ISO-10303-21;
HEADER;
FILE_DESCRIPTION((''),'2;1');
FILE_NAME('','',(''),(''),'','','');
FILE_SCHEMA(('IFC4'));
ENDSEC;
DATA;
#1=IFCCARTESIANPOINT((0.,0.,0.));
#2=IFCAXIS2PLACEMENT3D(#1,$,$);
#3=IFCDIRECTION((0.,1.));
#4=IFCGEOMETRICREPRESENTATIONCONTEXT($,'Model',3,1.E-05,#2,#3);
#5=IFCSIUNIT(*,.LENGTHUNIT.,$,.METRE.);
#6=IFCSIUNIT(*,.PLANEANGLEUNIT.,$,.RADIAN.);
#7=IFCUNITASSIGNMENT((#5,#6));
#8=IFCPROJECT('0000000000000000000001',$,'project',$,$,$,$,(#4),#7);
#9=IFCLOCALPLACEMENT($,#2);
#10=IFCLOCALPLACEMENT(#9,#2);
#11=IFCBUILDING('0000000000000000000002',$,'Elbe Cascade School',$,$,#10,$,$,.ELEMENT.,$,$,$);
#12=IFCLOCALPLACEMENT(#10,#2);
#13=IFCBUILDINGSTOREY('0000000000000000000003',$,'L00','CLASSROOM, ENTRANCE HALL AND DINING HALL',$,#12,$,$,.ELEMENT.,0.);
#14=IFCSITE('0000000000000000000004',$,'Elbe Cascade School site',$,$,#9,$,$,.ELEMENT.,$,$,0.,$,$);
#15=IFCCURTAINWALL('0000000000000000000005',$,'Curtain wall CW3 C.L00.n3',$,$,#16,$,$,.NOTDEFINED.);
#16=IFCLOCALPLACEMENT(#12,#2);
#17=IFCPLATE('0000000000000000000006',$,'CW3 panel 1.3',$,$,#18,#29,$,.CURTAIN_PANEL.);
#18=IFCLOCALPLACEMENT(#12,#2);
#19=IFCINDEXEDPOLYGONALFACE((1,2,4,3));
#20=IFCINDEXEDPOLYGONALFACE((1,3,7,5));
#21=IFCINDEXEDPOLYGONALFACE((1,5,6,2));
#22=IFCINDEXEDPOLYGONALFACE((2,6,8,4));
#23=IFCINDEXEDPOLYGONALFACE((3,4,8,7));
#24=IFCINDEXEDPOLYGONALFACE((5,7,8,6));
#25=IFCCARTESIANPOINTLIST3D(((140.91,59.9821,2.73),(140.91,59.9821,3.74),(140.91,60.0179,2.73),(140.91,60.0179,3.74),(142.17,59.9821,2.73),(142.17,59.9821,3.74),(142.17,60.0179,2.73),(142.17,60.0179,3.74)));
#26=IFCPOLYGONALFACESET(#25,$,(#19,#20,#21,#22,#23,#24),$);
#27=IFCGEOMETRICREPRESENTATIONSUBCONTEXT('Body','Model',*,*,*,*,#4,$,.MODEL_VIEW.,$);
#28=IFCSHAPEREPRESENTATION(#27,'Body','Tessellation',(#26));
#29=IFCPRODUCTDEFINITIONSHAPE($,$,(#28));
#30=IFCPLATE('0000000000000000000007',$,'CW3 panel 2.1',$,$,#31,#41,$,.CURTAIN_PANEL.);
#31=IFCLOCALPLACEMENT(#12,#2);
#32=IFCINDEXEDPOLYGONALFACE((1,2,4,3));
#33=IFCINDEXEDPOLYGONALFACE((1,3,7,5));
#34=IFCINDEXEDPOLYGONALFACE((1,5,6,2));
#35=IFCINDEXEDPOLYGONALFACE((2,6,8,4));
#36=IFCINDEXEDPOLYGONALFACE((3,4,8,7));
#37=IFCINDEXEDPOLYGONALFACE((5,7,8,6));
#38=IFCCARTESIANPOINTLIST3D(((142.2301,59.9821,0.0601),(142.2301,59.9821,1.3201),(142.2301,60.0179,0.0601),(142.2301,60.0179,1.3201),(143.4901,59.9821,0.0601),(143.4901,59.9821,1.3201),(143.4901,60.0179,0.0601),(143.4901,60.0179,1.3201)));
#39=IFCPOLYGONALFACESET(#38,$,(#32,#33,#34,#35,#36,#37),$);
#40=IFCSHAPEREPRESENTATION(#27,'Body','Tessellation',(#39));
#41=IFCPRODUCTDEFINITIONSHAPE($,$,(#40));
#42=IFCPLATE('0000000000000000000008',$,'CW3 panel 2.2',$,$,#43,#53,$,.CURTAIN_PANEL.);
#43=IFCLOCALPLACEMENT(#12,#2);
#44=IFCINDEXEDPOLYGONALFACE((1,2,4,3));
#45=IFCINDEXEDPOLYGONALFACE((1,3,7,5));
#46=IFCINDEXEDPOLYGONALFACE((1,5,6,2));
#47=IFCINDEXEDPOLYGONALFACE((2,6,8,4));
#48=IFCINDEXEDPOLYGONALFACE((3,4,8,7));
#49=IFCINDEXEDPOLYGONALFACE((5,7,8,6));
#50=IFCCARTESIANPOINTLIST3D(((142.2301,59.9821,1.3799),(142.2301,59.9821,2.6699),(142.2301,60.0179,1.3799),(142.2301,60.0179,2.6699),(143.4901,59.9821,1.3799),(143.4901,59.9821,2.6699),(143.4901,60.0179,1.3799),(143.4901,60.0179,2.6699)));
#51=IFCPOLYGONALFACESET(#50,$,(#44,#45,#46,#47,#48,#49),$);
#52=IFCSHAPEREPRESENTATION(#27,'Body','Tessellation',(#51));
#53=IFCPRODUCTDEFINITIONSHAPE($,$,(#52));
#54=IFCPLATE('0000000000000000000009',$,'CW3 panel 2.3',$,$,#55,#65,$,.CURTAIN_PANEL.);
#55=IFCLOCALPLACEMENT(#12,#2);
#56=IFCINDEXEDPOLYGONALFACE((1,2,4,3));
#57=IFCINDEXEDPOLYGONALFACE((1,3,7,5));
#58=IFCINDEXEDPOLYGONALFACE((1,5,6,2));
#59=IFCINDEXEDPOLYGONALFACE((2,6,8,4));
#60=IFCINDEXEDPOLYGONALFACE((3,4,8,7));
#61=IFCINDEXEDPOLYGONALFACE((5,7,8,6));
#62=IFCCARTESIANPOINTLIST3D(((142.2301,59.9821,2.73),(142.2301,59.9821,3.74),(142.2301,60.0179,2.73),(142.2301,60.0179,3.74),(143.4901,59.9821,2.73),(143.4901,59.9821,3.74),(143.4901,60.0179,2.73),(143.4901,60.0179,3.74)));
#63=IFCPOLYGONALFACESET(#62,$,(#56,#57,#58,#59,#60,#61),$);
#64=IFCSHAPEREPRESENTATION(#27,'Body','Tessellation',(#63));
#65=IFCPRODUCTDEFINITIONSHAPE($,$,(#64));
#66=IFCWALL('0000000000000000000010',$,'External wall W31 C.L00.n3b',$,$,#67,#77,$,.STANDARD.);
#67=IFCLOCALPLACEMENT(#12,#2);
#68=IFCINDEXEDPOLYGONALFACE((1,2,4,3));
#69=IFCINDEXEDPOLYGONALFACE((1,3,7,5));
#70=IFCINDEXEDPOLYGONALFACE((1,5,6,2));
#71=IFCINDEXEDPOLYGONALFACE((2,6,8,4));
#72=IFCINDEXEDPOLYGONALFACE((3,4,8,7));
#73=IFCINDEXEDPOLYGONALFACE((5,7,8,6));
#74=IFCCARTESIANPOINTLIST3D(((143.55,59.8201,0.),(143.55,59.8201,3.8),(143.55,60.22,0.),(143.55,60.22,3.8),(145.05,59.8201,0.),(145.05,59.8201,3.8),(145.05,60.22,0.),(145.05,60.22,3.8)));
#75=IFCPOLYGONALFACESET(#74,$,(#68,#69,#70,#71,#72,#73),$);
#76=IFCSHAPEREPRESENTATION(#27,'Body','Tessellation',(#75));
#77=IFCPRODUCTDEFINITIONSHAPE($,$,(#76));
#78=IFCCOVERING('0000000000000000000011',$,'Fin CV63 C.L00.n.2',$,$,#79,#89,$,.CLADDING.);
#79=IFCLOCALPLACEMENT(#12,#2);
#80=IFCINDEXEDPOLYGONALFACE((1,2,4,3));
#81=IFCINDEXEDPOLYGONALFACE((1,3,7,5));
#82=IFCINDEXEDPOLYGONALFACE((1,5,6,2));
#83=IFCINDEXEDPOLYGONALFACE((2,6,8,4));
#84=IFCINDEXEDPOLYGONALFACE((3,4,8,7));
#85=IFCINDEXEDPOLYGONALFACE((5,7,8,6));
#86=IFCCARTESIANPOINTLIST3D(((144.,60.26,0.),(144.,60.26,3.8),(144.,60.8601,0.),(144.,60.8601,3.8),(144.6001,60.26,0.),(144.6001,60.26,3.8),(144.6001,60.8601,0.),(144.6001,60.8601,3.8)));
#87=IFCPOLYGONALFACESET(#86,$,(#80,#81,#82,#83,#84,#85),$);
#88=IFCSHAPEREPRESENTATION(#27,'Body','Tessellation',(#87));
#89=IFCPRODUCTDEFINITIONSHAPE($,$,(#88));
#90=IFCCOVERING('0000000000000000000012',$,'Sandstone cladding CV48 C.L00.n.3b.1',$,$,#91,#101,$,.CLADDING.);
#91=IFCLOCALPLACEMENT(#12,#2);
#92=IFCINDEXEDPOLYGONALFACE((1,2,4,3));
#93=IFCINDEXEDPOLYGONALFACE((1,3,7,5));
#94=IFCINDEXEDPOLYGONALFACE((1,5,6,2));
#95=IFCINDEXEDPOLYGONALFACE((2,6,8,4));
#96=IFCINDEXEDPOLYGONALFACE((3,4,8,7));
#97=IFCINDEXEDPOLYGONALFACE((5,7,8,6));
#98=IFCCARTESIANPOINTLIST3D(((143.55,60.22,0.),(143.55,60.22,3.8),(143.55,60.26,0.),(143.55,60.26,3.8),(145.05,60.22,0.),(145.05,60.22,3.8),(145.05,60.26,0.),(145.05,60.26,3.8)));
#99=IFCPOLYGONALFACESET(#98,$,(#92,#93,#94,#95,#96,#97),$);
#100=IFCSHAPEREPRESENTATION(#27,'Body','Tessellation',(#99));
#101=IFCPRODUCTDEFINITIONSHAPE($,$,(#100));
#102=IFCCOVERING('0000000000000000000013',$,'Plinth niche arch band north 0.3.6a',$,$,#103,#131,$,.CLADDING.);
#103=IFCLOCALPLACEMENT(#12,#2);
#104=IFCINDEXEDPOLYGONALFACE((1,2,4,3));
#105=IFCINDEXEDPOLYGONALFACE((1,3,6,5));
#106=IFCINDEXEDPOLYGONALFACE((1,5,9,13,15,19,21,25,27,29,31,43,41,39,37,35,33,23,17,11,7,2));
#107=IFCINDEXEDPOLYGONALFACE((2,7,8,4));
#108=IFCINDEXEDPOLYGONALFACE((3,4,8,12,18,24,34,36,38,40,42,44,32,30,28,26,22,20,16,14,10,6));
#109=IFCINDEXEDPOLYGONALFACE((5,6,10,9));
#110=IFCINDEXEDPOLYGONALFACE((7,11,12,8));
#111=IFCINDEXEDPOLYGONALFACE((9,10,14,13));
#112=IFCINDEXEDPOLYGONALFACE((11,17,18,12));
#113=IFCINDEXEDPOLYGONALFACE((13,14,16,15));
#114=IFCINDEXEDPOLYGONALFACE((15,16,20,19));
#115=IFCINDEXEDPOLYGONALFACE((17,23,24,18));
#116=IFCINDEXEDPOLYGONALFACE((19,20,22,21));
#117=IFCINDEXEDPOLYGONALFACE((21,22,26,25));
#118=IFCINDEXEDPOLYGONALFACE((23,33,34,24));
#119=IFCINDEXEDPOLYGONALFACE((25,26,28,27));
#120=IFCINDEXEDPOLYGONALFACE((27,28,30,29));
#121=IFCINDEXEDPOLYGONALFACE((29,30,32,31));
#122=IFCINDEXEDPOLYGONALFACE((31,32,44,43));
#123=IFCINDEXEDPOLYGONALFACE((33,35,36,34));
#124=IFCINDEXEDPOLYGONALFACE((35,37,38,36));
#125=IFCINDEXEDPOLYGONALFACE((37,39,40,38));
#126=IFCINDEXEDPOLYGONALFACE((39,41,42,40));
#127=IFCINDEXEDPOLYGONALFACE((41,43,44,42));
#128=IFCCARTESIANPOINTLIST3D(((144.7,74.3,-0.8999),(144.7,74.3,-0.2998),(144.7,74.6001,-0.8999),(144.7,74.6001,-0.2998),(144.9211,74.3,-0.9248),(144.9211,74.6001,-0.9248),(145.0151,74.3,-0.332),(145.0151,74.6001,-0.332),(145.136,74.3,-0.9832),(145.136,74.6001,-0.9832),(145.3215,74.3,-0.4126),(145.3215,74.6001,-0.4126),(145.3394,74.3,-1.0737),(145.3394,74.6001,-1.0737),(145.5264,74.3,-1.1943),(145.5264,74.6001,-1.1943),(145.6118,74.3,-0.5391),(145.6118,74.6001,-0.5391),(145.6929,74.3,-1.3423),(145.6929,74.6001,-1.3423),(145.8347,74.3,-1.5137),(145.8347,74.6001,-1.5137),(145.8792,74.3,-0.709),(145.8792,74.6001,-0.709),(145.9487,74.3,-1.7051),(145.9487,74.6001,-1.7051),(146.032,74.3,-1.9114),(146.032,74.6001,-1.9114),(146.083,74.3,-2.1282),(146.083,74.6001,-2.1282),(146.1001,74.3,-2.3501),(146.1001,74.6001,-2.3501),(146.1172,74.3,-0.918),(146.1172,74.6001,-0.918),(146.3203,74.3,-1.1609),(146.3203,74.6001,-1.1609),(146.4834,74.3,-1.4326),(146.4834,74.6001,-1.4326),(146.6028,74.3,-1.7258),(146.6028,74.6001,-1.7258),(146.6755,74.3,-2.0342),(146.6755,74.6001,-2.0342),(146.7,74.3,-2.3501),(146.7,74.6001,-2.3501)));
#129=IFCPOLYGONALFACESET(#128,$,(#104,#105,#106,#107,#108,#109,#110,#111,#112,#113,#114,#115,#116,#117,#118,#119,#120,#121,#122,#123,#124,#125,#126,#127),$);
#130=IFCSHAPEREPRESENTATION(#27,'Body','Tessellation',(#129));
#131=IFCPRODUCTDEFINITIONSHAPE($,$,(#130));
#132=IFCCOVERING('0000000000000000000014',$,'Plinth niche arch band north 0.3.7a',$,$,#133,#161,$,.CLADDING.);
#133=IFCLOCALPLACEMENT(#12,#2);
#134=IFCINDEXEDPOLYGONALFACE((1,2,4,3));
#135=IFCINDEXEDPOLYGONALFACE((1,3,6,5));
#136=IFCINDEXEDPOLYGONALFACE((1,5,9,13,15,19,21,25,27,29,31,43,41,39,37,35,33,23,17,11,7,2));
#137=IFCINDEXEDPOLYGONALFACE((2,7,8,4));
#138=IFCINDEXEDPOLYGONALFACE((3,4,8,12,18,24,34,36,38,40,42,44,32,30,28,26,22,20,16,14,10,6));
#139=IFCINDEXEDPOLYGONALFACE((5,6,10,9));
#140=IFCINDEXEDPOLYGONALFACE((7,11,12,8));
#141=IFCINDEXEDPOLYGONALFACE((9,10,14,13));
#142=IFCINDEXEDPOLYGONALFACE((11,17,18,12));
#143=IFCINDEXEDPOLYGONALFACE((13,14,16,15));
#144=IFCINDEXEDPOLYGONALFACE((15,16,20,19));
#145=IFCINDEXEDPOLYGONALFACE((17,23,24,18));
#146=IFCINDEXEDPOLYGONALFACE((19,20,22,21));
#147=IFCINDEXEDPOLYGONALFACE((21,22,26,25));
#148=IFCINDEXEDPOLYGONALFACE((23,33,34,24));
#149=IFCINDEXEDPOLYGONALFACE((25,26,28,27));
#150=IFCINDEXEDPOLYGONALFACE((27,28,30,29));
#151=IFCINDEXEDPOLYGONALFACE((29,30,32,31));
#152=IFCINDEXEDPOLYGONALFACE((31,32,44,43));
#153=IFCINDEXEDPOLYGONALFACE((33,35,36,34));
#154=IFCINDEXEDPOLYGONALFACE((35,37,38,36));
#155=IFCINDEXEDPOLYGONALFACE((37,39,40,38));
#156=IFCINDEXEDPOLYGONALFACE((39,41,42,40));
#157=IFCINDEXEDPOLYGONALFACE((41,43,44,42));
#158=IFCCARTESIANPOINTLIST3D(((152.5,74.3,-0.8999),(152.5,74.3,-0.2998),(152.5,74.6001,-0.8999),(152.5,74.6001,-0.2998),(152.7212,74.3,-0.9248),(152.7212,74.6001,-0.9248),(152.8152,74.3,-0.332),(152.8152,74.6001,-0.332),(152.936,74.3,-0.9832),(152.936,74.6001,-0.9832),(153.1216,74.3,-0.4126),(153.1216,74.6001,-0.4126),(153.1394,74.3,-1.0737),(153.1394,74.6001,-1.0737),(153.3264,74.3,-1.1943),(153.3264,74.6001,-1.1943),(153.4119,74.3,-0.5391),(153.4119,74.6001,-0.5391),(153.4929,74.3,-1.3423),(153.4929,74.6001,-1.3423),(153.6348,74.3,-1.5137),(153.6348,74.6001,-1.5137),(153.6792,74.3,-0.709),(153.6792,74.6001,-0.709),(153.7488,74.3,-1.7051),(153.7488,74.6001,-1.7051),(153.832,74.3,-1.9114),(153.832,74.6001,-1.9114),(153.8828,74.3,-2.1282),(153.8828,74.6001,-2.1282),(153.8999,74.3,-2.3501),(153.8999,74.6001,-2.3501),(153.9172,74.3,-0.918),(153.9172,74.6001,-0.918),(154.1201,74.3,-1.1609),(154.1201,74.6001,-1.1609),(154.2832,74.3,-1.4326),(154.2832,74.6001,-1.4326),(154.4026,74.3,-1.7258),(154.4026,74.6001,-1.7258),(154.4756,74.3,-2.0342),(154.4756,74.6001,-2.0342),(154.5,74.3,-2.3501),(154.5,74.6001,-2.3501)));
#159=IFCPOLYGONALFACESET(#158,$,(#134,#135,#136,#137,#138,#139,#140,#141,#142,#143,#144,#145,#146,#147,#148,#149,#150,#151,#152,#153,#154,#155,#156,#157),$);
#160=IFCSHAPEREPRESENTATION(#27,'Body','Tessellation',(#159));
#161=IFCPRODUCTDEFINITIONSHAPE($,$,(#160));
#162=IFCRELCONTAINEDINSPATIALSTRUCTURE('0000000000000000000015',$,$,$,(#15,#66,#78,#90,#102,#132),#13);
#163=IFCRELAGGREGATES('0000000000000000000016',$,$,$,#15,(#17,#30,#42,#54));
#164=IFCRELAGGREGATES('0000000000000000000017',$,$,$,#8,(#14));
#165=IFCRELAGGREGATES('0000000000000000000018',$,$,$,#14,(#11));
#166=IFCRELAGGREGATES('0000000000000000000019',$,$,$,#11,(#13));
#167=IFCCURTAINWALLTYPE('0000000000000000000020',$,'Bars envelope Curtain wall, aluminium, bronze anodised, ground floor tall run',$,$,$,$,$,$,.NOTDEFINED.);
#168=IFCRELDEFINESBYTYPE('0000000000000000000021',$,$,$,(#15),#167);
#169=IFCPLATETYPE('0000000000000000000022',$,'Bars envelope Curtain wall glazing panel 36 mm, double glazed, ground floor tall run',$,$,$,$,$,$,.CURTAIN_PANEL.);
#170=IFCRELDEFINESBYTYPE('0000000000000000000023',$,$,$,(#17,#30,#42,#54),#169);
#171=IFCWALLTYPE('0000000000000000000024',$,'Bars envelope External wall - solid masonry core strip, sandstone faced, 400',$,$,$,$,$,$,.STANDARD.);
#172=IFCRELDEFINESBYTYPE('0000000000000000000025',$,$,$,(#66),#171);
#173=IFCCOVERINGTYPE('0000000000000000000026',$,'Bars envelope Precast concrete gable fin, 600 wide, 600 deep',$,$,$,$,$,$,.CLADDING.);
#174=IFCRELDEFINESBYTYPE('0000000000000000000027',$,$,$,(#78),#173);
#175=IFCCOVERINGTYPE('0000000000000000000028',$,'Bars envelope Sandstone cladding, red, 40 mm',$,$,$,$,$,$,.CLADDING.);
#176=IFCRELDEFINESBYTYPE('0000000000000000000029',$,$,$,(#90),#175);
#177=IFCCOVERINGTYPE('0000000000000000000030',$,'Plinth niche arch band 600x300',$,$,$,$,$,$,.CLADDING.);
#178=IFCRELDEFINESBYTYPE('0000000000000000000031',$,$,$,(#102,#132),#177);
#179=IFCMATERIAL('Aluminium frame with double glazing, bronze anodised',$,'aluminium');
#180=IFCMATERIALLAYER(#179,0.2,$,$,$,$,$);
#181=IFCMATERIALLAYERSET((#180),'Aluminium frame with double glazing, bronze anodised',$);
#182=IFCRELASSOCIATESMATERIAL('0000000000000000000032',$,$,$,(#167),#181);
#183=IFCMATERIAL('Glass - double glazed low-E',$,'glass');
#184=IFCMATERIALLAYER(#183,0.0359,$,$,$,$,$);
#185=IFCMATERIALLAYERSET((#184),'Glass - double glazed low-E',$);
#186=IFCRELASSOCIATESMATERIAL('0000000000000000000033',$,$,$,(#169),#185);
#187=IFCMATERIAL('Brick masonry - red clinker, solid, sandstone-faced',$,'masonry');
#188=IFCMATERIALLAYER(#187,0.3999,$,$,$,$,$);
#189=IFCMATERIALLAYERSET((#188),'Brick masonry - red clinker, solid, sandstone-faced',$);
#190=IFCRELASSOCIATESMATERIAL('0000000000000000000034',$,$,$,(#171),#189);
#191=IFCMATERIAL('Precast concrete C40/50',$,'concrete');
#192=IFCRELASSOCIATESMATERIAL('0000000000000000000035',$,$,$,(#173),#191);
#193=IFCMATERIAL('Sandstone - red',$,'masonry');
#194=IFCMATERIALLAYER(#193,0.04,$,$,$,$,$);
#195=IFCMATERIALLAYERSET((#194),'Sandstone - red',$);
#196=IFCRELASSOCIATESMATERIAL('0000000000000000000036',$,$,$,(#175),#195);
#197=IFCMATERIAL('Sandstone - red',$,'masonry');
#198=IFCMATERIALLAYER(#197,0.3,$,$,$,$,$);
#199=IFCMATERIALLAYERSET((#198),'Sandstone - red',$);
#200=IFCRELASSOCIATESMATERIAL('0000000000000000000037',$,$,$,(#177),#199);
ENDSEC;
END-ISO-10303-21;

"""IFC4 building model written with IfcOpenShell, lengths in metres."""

from ifc_helpers import new_model, si_unit, direction, frame, frame_2d, origin, origin_2d, place, context, subcontext, project, spatial, polyline, rectangle, outline, extrude, material, layer, layer_set, type_object, element, aggregate, save


model = new_model("IFC4")

# Units and contexts
model_context = context("Model", 3, precision=1e-05, world=origin(), true_north=direction((0.0, 1.0)))
body_context = subcontext(model_context, "Body", "Model", "MODEL_VIEW")
ifc_project = project(units=[si_unit("LENGTHUNIT", "METRE"), si_unit("PLANEANGLEUNIT", "RADIAN")], contexts=[model_context])

# Site, building, storey
site_placement = place(None, origin())
site = spatial("IfcSite", under=ifc_project, at=site_placement, Name="Elbe Cascade School site", CompositionType="ELEMENT", RefElevation=0.0)
building_placement = place(site_placement, origin())
building = spatial("IfcBuilding", under=site, at=building_placement, Name="Elbe Cascade School", CompositionType="ELEMENT")
storey_placement = place(building_placement, origin())
storey = spatial("IfcBuildingStorey", under=building, at=storey_placement, Name="L00", Description="CLASSROOM, ENTRANCE HALL AND DINING HALL", CompositionType="ELEMENT", Elevation=0.0)

# Curtain wall, plates
ifc_material_1 = material(Name="Aluminium frame with double glazing, bronze anodised", Category="aluminium")
ifc_layer_1 = layer(ifc_material_1, 0.2)
ifc_layer_set_1 = layer_set([ifc_layer_1], Name="Aluminium frame with double glazing, bronze anodised")
curtain_wall_type = type_object("IfcCurtainWallType", Name="Bars envelope Curtain wall, aluminium, bronze anodised, ground floor tall run", PredefinedType="NOTDEFINED", material=ifc_layer_set_1)
curtain_wall_placement = place(storey_placement, origin())
curtain_wall = element("IfcCurtainWall", 1, at=curtain_wall_placement, inside=storey, type_object=curtain_wall_type, Name="Curtain wall CW3 C.L00.n3", PredefinedType="NOTDEFINED")
ifc_material_2 = material(Name="Glass - double glazed low-E", Category="glass")
ifc_layer_2 = layer(ifc_material_2, 0.0359)
ifc_layer_set_2 = layer_set([ifc_layer_2], Name="Glass - double glazed low-E")
plate_type = type_object("IfcPlateType", Name="Bars envelope Curtain wall glazing panel 36 mm, double glazed, ground floor tall run", PredefinedType="CURTAIN_PANEL", material=ifc_layer_set_2)
plate_1_placement = place(storey_placement, frame((141.54, 60.0, 2.73), z_axis=(0.0, 0.0, 1.0), x_axis=(1.0, 0.0, 0.0)))
plate_1 = element("IfcPlate", 2, at=plate_1_placement, type_object=plate_type, Name="CW3 panel 1.3", PredefinedType="CURTAIN_PANEL", context=body_context, shape_type="SweptSolid", body=[
    extrude(rectangle(XDim=1.26, YDim=0.0359, at=origin_2d()), origin(), (0.0, 0.0, 1.0), 1.01),
])
plate_2_placement = place(storey_placement, frame((142.8601, 60.0, 0.0601), z_axis=(0.0, 0.0, 1.0), x_axis=(1.0, 0.0, 0.0)))
plate_2 = element("IfcPlate", 3, at=plate_2_placement, type_object=plate_type, Name="CW3 panel 2.1", PredefinedType="CURTAIN_PANEL", context=body_context, shape_type="SweptSolid", body=[
    extrude(rectangle(XDim=1.26, YDim=0.0359, at=origin_2d()), origin(), (0.0, 0.0, 1.0), 1.26),
])
plate_3_placement = place(storey_placement, frame((142.8601, 60.0, 1.3799), z_axis=(0.0, 0.0, 1.0), x_axis=(1.0, 0.0, 0.0)))
plate_3 = element("IfcPlate", 4, at=plate_3_placement, type_object=plate_type, Name="CW3 panel 2.2", PredefinedType="CURTAIN_PANEL", context=body_context, shape_type="SweptSolid", body=[
    extrude(rectangle(XDim=1.26, YDim=0.0359, at=origin_2d()), origin(), (0.0, 0.0, 1.0), 1.29),
])
plate_4_placement = place(storey_placement, frame((142.8601, 60.0, 2.73), z_axis=(0.0, 0.0, 1.0), x_axis=(1.0, 0.0, 0.0)))
plate_4 = element("IfcPlate", 5, at=plate_4_placement, type_object=plate_type, Name="CW3 panel 2.3", PredefinedType="CURTAIN_PANEL", context=body_context, shape_type="SweptSolid", body=[
    extrude(rectangle(XDim=1.26, YDim=0.0359, at=origin_2d()), origin(), (0.0, 0.0, 1.0), 1.01),
])
aggregate(curtain_wall, [plate_1, plate_2, plate_3, plate_4])

# Wall
ifc_material_3 = material(Name="Brick masonry - red clinker, solid, sandstone-faced", Category="masonry")
ifc_layer_3 = layer(ifc_material_3, 0.3999)
ifc_layer_set_3 = layer_set([ifc_layer_3], Name="Brick masonry - red clinker, solid, sandstone-faced")
wall_type = type_object("IfcWallType", Name="Bars envelope External wall - solid masonry core strip, sandstone faced, 400", PredefinedType="STANDARD", material=ifc_layer_set_3)
wall_placement = place(storey_placement, frame((143.55, 60.02, 0.0), z_axis=(0.0, 0.0, 1.0), x_axis=(1.0, 0.0, 0.0)))
element("IfcWall", 6, at=wall_placement, inside=storey, type_object=wall_type, Name="External wall W31 C.L00.n3b", PredefinedType="STANDARD", context=body_context, shape_type="SweptSolid", body=[
    extrude(rectangle(XDim=1.5, YDim=0.3999, at=frame_2d((0.75, 0.0))), origin(), (0.0, 0.0, 1.0), 3.8),
])

# Coverings
ifc_material_4 = material(Name="Precast concrete C40/50", Category="concrete")
covering_type_1 = type_object("IfcCoveringType", Name="Bars envelope Precast concrete gable fin, 600 wide, 600 deep", PredefinedType="CLADDING", material=ifc_material_4)
covering_1_placement = place(storey_placement, frame((144.3, 60.5601, 0.0), z_axis=(0.0, 0.0, 1.0), x_axis=(1.0, 0.0, 0.0)))
element("IfcCovering", 7, at=covering_1_placement, inside=storey, type_object=covering_type_1, Name="Fin CV63 C.L00.n.2", PredefinedType="CLADDING", context=body_context, shape_type="SweptSolid", body=[
    extrude(rectangle(XDim=0.6001, YDim=0.6001, at=origin_2d()), origin(), (0.0, 0.0, 1.0), 3.8),
])
ifc_material_5 = material(Name="Sandstone - red", Category="masonry")
ifc_layer_4 = layer(ifc_material_5, 0.04)
ifc_layer_set_4 = layer_set([ifc_layer_4], Name="Sandstone - red")
covering_type_2 = type_object("IfcCoveringType", Name="Bars envelope Sandstone cladding, red, 40 mm", PredefinedType="CLADDING", material=ifc_layer_set_4)
covering_2_placement = place(storey_placement, frame((144.3, 60.24, 0.0), z_axis=(0.0, 0.0, 1.0), x_axis=(1.0, 0.0, 0.0)))
element("IfcCovering", 8, at=covering_2_placement, inside=storey, type_object=covering_type_2, Name="Sandstone cladding CV48 C.L00.n.3b.1", PredefinedType="CLADDING", context=body_context, shape_type="SweptSolid", body=[
    extrude(rectangle(XDim=1.5, YDim=0.04, at=origin_2d()), origin(), (0.0, 0.0, 1.0), 3.8),
])
ifc_material_6 = material(Name="Sandstone - red", Category="masonry")
ifc_layer_5 = layer(ifc_material_6, 0.3)
ifc_layer_set_5 = layer_set([ifc_layer_5], Name="Sandstone - red")
covering_type_3 = type_object("IfcCoveringType", Name="Plinth niche arch band 600x300", PredefinedType="CLADDING", material=ifc_layer_set_5)
covering_3_placement = place(storey_placement, frame((146.7, 74.6001, -2.3501), z_axis=(0.0, 1.0, 0.0), x_axis=(-1.0, 0.0, 0.0)))
element("IfcCovering", 9, at=covering_3_placement, inside=storey, type_object=covering_type_3, Name="Plinth niche arch band north 0.3.6a", PredefinedType="CLADDING", context=body_context, shape_type="SweptSolid", body=[
    extrude(outline(polyline([(0.0, 0.0), (0.5999, 0.0), (0.6169, 0.2219), (0.668, 0.4387), (0.7512, 0.645), (0.8652, 0.8364), (1.0071, 1.0078), (1.1736, 1.1558), (1.3606, 1.2764), (1.564, 1.3669), (1.7788, 1.4253), (2.0, 1.4502), (2.0, 2.0503), (1.6848, 2.0181), (1.3784, 1.9375), (1.0881, 1.811), (0.8208, 1.6411), (0.5828, 1.4321), (0.3796, 1.1892), (0.2166, 0.9175), (0.0972, 0.6243), (0.0244, 0.3159), (0.0, 0.0)])), origin(), (0.0, 0.0, -1.0), 0.3),
])
covering_4_placement = place(storey_placement, frame((154.5, 74.6001, -2.3501), z_axis=(0.0, 1.0, 0.0), x_axis=(-1.0, 0.0, 0.0)))
element("IfcCovering", 10, at=covering_4_placement, inside=storey, type_object=covering_type_3, Name="Plinth niche arch band north 0.3.7a", PredefinedType="CLADDING", context=body_context, shape_type="SweptSolid", body=[
    extrude(outline(polyline([(0.0, 0.0), (0.6001, 0.0), (0.6172, 0.2219), (0.668, 0.4387), (0.7512, 0.645), (0.8652, 0.8364), (1.0071, 1.0078), (1.1736, 1.1558), (1.3606, 1.2764), (1.564, 1.3669), (1.7788, 1.4253), (2.0, 1.4502), (2.0, 2.0503), (1.6848, 2.0181), (1.3784, 1.9375), (1.0881, 1.811), (0.8208, 1.6411), (0.5828, 1.4321), (0.3799, 1.1892), (0.2168, 0.9175), (0.0974, 0.6243), (0.0244, 0.3159), (0.0, 0.0)])), origin(), (0.0, 0.0, -1.0), 0.3),
])

save(model, "model.ifc")
